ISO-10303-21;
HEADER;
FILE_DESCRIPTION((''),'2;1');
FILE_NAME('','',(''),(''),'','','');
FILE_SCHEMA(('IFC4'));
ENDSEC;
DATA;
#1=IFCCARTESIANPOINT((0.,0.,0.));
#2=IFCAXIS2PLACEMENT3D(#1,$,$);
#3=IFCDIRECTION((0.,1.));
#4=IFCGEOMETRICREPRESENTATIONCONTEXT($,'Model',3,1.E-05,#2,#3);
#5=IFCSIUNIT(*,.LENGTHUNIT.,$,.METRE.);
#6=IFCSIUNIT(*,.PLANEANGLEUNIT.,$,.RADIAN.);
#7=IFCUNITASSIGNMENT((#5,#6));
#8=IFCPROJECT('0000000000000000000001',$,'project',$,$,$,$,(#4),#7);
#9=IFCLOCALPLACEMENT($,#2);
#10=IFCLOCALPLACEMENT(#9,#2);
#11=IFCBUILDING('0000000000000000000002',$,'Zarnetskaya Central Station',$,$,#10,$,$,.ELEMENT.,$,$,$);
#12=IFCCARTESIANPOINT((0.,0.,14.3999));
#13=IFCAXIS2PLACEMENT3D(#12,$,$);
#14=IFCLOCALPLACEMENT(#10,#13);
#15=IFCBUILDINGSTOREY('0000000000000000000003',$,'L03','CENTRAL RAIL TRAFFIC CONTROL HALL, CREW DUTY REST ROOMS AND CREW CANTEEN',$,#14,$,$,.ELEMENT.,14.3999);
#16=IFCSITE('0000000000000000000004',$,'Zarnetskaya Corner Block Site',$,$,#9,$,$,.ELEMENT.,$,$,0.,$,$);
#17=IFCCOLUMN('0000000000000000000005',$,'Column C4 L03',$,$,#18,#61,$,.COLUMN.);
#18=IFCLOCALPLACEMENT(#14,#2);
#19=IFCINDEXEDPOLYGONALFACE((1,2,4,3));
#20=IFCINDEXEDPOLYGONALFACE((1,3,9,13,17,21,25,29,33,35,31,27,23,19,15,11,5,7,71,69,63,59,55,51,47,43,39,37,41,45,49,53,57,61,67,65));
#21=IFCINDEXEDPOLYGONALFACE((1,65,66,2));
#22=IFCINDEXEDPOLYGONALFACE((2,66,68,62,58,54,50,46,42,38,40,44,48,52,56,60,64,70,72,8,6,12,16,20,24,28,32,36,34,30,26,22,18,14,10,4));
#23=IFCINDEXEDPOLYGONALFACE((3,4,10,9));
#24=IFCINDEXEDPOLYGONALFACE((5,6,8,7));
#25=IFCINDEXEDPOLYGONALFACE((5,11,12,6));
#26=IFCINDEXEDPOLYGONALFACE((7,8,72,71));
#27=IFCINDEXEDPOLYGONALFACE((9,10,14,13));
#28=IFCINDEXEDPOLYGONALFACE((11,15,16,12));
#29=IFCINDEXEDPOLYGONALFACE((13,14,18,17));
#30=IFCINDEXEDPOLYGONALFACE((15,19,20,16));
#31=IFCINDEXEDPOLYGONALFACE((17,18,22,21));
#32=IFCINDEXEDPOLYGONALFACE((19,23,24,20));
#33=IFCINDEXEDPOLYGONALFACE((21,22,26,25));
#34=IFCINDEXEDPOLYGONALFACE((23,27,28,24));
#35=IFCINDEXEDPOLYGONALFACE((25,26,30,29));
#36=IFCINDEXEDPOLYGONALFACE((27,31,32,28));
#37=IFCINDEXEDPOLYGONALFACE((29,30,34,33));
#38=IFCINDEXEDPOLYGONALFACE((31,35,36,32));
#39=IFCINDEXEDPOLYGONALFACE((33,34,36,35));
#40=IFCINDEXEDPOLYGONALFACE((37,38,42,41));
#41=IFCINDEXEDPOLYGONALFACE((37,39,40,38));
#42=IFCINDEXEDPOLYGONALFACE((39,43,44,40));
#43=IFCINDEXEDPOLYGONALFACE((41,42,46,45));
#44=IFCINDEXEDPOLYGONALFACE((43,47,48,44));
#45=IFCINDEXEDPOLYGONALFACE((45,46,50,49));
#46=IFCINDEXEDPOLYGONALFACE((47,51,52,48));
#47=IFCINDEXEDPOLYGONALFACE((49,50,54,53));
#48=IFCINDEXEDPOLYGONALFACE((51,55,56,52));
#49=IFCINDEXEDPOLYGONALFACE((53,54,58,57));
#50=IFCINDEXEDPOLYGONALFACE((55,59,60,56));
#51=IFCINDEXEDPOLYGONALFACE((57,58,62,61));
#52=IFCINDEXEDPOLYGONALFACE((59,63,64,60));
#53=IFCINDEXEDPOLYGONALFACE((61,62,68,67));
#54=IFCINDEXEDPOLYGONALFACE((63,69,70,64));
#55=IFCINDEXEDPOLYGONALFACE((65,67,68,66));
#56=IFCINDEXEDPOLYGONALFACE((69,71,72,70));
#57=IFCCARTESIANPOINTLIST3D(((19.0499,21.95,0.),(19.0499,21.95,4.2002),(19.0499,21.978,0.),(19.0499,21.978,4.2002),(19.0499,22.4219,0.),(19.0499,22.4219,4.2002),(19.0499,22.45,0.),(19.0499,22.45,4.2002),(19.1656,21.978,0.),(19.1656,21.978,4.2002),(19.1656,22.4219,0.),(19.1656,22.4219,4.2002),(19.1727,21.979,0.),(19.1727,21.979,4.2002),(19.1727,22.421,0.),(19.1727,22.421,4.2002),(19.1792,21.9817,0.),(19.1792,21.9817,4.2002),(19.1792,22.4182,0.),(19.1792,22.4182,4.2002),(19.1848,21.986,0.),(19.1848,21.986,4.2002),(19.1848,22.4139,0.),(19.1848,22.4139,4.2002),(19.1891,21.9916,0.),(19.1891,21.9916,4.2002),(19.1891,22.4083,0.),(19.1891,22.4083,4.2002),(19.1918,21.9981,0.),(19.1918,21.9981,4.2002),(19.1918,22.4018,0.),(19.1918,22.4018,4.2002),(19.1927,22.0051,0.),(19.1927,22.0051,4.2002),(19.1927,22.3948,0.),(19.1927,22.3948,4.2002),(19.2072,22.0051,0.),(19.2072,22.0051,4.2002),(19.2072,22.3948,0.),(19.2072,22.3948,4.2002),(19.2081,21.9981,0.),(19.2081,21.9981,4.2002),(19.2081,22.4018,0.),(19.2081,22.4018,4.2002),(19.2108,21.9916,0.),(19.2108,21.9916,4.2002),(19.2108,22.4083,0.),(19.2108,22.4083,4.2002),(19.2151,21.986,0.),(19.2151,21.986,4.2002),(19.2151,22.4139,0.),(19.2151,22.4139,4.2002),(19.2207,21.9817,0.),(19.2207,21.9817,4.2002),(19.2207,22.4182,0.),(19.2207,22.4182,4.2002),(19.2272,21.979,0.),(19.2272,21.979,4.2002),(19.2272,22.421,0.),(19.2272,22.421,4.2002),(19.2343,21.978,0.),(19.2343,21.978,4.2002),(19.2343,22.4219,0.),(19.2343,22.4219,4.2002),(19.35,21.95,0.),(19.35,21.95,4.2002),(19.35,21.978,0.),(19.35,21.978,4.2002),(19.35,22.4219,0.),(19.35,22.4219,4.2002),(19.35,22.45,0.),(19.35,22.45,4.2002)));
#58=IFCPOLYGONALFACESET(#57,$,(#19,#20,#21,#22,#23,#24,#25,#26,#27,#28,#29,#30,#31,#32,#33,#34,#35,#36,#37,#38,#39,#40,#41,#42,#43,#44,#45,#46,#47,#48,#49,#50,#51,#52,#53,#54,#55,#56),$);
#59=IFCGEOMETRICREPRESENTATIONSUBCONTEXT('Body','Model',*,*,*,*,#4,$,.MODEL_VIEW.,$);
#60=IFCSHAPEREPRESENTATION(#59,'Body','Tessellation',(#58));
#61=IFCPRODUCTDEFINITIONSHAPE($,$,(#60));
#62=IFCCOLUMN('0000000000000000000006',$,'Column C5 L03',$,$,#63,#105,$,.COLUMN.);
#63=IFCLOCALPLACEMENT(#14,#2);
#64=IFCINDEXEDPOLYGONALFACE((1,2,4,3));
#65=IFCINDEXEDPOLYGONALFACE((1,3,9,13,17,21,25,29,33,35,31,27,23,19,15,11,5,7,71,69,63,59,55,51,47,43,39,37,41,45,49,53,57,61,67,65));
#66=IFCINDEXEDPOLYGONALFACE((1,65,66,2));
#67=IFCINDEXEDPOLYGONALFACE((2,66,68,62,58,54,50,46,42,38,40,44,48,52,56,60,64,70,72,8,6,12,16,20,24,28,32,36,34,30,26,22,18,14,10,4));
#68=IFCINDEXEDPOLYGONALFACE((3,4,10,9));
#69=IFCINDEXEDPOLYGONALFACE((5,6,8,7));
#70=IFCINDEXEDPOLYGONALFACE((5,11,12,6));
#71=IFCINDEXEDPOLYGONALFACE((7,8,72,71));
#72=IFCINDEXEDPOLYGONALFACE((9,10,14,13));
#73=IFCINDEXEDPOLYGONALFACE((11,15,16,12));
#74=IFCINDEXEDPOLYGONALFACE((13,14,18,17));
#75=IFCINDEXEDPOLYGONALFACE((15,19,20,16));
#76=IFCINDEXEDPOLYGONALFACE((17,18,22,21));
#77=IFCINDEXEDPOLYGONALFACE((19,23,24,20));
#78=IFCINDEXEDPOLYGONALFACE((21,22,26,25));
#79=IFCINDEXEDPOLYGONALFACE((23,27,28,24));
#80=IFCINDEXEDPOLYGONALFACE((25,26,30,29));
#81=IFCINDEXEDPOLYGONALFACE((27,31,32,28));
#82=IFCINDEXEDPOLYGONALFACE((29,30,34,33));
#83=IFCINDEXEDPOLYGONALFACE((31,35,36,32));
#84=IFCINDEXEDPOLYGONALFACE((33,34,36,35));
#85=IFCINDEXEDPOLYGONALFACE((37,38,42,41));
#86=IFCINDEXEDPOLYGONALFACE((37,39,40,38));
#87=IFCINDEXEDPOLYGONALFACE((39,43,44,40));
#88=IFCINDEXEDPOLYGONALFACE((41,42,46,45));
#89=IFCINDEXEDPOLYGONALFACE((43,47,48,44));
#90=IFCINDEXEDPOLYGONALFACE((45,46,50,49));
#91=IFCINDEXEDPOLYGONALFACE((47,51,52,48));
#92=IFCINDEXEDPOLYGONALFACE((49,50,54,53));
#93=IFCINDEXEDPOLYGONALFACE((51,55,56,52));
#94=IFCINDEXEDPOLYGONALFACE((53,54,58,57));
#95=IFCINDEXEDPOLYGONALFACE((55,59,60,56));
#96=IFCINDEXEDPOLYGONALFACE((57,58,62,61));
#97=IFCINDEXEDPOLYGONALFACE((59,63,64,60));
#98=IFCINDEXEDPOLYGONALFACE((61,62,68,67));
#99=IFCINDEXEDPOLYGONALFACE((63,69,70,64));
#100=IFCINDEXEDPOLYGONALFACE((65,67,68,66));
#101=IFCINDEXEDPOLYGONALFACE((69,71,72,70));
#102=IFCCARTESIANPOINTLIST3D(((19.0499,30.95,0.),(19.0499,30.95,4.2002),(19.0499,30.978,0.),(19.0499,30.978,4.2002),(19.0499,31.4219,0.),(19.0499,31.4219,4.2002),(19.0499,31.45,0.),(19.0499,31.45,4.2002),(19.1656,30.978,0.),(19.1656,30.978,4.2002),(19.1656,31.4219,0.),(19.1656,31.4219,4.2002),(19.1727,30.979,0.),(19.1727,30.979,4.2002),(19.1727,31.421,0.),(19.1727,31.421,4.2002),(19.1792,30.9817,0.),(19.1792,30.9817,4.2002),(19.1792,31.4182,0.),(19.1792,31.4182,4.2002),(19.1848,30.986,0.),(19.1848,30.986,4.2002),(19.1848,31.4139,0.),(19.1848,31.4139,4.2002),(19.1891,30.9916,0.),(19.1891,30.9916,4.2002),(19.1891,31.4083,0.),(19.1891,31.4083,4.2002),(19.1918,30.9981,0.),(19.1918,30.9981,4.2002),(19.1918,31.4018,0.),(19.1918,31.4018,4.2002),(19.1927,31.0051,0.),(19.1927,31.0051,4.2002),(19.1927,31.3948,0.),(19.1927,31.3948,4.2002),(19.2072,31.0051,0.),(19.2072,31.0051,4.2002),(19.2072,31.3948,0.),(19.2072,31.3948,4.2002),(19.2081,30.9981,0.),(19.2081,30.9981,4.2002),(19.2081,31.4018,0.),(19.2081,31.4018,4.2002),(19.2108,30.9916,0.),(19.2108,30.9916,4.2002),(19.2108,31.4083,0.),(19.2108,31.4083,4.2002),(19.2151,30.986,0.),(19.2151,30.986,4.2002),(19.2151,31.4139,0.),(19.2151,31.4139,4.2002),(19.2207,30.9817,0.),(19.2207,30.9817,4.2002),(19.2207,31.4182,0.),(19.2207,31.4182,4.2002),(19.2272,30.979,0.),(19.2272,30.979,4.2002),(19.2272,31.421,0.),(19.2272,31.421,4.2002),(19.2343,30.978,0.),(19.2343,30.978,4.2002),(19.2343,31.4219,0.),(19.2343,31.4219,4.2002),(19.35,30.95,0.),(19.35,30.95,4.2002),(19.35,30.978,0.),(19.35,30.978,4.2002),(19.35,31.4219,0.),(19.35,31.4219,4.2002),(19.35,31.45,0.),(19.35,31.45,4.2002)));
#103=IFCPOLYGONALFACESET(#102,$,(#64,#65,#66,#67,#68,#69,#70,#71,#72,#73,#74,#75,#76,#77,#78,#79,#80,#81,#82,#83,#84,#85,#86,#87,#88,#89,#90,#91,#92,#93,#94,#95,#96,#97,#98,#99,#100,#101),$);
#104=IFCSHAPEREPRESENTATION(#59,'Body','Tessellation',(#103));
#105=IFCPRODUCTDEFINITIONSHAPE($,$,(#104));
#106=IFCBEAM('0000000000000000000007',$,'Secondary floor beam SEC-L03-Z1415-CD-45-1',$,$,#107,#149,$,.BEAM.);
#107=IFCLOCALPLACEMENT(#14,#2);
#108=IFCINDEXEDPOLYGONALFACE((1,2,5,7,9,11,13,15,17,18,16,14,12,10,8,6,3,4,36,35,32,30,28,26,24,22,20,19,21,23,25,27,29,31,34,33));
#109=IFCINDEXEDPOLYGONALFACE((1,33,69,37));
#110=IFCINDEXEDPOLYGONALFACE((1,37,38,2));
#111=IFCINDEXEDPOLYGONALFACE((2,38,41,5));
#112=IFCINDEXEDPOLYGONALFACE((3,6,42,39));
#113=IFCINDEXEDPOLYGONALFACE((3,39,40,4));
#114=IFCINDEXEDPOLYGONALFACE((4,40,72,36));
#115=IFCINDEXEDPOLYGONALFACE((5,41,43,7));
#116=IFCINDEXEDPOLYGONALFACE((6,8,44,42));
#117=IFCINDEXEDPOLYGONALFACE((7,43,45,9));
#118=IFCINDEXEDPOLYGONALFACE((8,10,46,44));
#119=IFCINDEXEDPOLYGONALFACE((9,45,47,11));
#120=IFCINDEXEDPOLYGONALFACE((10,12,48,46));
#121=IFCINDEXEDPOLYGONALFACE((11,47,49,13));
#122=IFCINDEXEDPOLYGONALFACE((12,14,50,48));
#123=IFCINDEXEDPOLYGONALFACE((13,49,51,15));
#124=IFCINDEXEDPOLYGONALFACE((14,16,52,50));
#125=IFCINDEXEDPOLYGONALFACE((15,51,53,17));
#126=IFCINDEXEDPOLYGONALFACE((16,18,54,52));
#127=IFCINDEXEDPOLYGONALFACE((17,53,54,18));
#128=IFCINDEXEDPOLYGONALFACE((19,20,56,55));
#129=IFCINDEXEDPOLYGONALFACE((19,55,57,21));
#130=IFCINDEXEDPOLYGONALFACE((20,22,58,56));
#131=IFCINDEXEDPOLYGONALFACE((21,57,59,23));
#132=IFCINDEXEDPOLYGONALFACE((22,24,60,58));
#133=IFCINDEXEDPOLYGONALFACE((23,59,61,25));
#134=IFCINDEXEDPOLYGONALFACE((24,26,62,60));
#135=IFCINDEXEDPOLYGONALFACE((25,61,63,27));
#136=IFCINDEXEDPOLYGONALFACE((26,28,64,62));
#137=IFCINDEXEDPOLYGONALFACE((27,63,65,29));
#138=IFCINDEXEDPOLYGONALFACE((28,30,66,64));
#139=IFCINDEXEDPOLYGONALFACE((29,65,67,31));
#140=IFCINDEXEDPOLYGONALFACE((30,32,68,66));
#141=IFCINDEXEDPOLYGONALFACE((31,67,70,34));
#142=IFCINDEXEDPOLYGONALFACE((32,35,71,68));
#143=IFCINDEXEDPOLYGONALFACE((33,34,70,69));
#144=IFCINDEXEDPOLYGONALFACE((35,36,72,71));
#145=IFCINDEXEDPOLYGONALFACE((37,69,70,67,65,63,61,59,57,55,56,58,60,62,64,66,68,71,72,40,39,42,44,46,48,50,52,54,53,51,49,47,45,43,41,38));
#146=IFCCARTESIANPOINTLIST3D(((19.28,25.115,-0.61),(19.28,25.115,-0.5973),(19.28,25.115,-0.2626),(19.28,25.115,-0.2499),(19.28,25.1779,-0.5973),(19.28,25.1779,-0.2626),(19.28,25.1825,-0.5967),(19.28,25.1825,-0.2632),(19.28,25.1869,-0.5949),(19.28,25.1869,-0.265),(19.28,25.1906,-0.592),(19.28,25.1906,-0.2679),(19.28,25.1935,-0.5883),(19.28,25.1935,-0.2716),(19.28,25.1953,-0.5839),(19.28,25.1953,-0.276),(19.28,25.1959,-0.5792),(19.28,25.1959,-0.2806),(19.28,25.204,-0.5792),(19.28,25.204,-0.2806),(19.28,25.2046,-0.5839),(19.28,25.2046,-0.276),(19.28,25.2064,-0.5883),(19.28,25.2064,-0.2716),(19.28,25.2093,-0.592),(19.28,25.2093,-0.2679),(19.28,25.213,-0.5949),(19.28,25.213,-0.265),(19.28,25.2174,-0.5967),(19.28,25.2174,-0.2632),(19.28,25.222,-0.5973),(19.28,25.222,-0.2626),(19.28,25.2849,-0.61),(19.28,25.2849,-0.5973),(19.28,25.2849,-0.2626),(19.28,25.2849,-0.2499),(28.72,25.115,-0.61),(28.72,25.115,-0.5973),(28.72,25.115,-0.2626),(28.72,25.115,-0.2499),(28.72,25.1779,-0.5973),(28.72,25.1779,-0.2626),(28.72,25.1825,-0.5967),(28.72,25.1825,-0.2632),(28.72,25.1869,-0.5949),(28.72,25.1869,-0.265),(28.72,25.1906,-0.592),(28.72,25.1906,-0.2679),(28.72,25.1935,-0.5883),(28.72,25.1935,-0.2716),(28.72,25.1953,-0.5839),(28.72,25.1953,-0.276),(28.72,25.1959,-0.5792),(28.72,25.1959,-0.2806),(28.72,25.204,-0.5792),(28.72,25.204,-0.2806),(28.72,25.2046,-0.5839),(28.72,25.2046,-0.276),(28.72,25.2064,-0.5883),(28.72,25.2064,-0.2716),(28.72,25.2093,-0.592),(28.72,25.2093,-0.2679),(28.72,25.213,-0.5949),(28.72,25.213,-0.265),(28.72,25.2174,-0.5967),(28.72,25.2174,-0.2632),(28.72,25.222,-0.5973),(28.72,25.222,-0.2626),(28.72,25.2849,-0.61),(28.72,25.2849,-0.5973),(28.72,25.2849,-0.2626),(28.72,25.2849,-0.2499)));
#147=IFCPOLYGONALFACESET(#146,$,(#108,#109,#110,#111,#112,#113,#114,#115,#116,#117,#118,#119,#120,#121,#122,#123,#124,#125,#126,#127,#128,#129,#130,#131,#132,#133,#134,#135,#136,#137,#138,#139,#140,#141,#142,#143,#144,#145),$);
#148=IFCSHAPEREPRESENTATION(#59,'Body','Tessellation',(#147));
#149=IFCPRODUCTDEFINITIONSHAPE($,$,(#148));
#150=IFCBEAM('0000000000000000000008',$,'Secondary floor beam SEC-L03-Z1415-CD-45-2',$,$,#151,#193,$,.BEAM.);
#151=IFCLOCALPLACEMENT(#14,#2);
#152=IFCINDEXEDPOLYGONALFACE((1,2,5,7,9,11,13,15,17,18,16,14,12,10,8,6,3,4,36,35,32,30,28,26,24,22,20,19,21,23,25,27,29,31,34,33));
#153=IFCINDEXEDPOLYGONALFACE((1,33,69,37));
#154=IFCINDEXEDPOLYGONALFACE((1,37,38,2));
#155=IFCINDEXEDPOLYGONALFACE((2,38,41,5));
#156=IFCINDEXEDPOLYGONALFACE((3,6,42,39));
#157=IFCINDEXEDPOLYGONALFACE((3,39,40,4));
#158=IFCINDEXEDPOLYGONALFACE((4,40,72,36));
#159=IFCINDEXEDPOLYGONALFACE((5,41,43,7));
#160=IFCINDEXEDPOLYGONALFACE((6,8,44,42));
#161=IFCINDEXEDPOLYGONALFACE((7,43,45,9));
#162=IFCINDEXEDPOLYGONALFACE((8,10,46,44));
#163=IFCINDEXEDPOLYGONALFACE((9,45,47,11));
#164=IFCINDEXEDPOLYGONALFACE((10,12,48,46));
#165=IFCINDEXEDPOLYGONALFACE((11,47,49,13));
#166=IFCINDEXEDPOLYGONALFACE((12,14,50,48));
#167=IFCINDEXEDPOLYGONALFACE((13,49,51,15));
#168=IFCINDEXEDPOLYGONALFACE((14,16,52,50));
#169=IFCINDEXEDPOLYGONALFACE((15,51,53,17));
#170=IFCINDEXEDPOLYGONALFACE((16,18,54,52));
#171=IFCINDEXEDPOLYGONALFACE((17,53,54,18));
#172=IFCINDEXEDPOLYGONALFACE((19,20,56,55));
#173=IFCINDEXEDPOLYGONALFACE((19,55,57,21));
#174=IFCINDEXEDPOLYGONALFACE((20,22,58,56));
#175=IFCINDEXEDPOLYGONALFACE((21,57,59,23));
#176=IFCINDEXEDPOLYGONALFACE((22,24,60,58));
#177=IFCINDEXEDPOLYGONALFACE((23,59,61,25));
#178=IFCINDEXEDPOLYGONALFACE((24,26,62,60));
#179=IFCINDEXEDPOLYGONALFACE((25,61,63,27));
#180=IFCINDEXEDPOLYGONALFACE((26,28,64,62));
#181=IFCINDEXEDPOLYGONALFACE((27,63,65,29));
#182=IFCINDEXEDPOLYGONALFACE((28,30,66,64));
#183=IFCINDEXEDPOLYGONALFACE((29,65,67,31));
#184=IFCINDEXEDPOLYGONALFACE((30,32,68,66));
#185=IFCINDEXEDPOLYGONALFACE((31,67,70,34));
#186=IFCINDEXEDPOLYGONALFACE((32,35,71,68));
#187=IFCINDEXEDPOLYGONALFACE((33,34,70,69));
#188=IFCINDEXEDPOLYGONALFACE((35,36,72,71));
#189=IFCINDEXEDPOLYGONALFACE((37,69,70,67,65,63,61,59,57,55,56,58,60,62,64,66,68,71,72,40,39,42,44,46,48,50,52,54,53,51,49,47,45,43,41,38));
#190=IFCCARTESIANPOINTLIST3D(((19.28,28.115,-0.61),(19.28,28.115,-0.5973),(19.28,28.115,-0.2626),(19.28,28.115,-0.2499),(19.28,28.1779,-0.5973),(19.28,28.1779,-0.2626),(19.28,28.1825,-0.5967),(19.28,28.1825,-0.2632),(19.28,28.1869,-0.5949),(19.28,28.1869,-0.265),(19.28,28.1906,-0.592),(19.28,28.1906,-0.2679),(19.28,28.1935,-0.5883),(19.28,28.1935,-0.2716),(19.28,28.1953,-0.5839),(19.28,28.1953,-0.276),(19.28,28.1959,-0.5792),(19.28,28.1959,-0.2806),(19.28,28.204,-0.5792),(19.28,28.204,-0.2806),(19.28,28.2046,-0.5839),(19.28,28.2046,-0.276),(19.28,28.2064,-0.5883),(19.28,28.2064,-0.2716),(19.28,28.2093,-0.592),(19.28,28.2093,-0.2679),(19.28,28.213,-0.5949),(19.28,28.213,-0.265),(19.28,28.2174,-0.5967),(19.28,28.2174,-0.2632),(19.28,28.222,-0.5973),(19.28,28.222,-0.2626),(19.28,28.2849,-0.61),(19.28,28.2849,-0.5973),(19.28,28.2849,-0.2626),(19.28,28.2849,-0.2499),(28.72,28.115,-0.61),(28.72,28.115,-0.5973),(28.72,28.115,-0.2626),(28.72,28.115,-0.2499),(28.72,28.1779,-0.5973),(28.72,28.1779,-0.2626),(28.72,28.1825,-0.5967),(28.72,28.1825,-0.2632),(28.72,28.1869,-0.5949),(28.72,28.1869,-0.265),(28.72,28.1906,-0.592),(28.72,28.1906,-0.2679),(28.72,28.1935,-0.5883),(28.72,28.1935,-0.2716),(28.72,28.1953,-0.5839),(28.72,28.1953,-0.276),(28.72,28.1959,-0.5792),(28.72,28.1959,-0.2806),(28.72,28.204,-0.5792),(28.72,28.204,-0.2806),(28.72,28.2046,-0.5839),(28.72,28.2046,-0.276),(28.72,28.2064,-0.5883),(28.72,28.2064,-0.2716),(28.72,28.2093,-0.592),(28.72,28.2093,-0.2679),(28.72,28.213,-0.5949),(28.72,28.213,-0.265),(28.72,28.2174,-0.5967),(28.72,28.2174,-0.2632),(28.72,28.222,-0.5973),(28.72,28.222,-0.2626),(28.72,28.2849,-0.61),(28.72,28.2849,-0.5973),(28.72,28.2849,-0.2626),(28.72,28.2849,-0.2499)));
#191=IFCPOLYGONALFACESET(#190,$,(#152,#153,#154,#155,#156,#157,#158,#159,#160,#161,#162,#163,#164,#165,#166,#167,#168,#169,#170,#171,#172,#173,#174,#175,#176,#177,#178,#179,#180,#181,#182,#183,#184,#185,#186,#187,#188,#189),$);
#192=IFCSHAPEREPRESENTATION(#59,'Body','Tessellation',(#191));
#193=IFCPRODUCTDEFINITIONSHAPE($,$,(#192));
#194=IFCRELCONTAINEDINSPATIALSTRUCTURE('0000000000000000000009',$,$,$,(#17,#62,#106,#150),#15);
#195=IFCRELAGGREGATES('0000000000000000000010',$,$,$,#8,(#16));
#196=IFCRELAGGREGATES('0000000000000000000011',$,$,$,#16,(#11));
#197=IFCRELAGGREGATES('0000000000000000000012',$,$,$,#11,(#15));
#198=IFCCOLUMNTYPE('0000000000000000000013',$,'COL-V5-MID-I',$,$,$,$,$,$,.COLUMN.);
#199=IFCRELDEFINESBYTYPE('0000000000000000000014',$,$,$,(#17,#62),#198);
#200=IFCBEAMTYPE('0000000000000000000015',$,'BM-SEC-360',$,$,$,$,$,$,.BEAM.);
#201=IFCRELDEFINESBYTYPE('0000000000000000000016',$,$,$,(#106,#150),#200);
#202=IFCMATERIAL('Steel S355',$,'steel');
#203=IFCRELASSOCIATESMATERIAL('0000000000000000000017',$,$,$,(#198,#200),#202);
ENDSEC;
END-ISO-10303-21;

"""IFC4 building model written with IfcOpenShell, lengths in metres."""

from ifc_helpers import new_model, si_unit, direction, frame, origin, origin_2d, place, context, subcontext, project, spatial, i_section, extrude, material, material_profile, profile_set, type_object, element, save


model = new_model("IFC4")

# Units and contexts
model_context = context("Model", 3, precision=1e-05, world=origin(), true_north=direction((0.0, 1.0)))
body_context = subcontext(model_context, "Body", "Model", "MODEL_VIEW")
ifc_project = project(units=[si_unit("LENGTHUNIT", "METRE"), si_unit("PLANEANGLEUNIT", "RADIAN")], contexts=[model_context])

# Site, building, storey
site_placement = place(None, origin())
site = spatial("IfcSite", under=ifc_project, at=site_placement, Name="Zarnetskaya Corner Block Site", CompositionType="ELEMENT", RefElevation=0.0)
building_placement = place(site_placement, origin())
building = spatial("IfcBuilding", under=site, at=building_placement, Name="Zarnetskaya Central Station", CompositionType="ELEMENT")
storey_placement = place(building_placement, frame((0.0, 0.0, 14.3999)))
storey = spatial("IfcBuildingStorey", under=building, at=storey_placement, Name="L03", Description="CENTRAL RAIL TRAFFIC CONTROL HALL, CREW DUTY REST ROOMS AND CREW CANTEEN", CompositionType="ELEMENT", Elevation=14.3999)

# Columns
ifc_material_1 = material(Name="Steel S355", Category="steel")
ifc_material_profile_1 = material_profile(ifc_material_1, i_section(OverallWidth=0.3, OverallDepth=0.5, WebThickness=0.0144, FlangeThickness=0.0281, FilletRadius=0.0271, at=origin_2d()), Name="HEB 500")
ifc_profile_set_1 = profile_set([ifc_material_profile_1], Name="Steel S355")
column_type = type_object("IfcColumnType", Name="COL-V5-MID-I", PredefinedType="COLUMN", material=ifc_profile_set_1)
for number, where, z_axis, x_axis, name in (
    (1, (19.2, 22.2, 0.0), (0.0, 0.0, 1.0), (1.0, 0.0, 0.0), "Column C4 L03"),
    (2, (19.2, 31.2, 0.0), (0.0, 0.0, 1.0), (1.0, 0.0, 0.0), "Column C5 L03"),
):
    element("IfcColumn", number, at=place(storey_placement, frame(where, z_axis=z_axis, x_axis=x_axis)), inside=storey, type_object=column_type, Name=name, PredefinedType="COLUMN", context=body_context, shape_type="SweptSolid", body=[
        extrude(i_section(OverallWidth=0.3, OverallDepth=0.5, WebThickness=0.0144, FlangeThickness=0.0281, FilletRadius=0.0271, at=origin_2d()), origin(), (0.0, 0.0, 1.0), 4.2002),
    ])

# Beams
ifc_material_profile_2 = material_profile(ifc_material_1, i_section(OverallWidth=0.1699, OverallDepth=0.3601, WebThickness=0.0081, FlangeThickness=0.0127, FilletRadius=0.0181, at=origin_2d()), Name="IPE 360")
ifc_profile_set_2 = profile_set([ifc_material_profile_2], Name="Steel S355")
beam_type_1 = type_object("IfcBeamType", Name="BM-SEC-360", PredefinedType="BEAM", material=ifc_profile_set_2)
for number, where, z_axis, x_axis, name in (
    (3, (19.28, 25.2, -0.4299), (1.0, 0.0, 0.0), (0.0, 1.0, 0.0), "Secondary floor beam SEC-L03-Z1415-CD-45-1"),
    (4, (19.28, 28.2, -0.4299), (1.0, 0.0, 0.0), (0.0, 1.0, 0.0), "Secondary floor beam SEC-L03-Z1415-CD-45-2"),
):
    element("IfcBeam", number, at=place(storey_placement, frame(where, z_axis=z_axis, x_axis=x_axis)), inside=storey, type_object=beam_type_1, Name=name, PredefinedType="BEAM", context=body_context, shape_type="SweptSolid", body=[
        extrude(i_section(OverallWidth=0.1699, OverallDepth=0.3601, WebThickness=0.0081, FlangeThickness=0.0127, FilletRadius=0.0181, at=origin_2d()), origin(), (0.0, 0.0, 1.0), 9.4399),
    ])

save(model, "model.ifc")
